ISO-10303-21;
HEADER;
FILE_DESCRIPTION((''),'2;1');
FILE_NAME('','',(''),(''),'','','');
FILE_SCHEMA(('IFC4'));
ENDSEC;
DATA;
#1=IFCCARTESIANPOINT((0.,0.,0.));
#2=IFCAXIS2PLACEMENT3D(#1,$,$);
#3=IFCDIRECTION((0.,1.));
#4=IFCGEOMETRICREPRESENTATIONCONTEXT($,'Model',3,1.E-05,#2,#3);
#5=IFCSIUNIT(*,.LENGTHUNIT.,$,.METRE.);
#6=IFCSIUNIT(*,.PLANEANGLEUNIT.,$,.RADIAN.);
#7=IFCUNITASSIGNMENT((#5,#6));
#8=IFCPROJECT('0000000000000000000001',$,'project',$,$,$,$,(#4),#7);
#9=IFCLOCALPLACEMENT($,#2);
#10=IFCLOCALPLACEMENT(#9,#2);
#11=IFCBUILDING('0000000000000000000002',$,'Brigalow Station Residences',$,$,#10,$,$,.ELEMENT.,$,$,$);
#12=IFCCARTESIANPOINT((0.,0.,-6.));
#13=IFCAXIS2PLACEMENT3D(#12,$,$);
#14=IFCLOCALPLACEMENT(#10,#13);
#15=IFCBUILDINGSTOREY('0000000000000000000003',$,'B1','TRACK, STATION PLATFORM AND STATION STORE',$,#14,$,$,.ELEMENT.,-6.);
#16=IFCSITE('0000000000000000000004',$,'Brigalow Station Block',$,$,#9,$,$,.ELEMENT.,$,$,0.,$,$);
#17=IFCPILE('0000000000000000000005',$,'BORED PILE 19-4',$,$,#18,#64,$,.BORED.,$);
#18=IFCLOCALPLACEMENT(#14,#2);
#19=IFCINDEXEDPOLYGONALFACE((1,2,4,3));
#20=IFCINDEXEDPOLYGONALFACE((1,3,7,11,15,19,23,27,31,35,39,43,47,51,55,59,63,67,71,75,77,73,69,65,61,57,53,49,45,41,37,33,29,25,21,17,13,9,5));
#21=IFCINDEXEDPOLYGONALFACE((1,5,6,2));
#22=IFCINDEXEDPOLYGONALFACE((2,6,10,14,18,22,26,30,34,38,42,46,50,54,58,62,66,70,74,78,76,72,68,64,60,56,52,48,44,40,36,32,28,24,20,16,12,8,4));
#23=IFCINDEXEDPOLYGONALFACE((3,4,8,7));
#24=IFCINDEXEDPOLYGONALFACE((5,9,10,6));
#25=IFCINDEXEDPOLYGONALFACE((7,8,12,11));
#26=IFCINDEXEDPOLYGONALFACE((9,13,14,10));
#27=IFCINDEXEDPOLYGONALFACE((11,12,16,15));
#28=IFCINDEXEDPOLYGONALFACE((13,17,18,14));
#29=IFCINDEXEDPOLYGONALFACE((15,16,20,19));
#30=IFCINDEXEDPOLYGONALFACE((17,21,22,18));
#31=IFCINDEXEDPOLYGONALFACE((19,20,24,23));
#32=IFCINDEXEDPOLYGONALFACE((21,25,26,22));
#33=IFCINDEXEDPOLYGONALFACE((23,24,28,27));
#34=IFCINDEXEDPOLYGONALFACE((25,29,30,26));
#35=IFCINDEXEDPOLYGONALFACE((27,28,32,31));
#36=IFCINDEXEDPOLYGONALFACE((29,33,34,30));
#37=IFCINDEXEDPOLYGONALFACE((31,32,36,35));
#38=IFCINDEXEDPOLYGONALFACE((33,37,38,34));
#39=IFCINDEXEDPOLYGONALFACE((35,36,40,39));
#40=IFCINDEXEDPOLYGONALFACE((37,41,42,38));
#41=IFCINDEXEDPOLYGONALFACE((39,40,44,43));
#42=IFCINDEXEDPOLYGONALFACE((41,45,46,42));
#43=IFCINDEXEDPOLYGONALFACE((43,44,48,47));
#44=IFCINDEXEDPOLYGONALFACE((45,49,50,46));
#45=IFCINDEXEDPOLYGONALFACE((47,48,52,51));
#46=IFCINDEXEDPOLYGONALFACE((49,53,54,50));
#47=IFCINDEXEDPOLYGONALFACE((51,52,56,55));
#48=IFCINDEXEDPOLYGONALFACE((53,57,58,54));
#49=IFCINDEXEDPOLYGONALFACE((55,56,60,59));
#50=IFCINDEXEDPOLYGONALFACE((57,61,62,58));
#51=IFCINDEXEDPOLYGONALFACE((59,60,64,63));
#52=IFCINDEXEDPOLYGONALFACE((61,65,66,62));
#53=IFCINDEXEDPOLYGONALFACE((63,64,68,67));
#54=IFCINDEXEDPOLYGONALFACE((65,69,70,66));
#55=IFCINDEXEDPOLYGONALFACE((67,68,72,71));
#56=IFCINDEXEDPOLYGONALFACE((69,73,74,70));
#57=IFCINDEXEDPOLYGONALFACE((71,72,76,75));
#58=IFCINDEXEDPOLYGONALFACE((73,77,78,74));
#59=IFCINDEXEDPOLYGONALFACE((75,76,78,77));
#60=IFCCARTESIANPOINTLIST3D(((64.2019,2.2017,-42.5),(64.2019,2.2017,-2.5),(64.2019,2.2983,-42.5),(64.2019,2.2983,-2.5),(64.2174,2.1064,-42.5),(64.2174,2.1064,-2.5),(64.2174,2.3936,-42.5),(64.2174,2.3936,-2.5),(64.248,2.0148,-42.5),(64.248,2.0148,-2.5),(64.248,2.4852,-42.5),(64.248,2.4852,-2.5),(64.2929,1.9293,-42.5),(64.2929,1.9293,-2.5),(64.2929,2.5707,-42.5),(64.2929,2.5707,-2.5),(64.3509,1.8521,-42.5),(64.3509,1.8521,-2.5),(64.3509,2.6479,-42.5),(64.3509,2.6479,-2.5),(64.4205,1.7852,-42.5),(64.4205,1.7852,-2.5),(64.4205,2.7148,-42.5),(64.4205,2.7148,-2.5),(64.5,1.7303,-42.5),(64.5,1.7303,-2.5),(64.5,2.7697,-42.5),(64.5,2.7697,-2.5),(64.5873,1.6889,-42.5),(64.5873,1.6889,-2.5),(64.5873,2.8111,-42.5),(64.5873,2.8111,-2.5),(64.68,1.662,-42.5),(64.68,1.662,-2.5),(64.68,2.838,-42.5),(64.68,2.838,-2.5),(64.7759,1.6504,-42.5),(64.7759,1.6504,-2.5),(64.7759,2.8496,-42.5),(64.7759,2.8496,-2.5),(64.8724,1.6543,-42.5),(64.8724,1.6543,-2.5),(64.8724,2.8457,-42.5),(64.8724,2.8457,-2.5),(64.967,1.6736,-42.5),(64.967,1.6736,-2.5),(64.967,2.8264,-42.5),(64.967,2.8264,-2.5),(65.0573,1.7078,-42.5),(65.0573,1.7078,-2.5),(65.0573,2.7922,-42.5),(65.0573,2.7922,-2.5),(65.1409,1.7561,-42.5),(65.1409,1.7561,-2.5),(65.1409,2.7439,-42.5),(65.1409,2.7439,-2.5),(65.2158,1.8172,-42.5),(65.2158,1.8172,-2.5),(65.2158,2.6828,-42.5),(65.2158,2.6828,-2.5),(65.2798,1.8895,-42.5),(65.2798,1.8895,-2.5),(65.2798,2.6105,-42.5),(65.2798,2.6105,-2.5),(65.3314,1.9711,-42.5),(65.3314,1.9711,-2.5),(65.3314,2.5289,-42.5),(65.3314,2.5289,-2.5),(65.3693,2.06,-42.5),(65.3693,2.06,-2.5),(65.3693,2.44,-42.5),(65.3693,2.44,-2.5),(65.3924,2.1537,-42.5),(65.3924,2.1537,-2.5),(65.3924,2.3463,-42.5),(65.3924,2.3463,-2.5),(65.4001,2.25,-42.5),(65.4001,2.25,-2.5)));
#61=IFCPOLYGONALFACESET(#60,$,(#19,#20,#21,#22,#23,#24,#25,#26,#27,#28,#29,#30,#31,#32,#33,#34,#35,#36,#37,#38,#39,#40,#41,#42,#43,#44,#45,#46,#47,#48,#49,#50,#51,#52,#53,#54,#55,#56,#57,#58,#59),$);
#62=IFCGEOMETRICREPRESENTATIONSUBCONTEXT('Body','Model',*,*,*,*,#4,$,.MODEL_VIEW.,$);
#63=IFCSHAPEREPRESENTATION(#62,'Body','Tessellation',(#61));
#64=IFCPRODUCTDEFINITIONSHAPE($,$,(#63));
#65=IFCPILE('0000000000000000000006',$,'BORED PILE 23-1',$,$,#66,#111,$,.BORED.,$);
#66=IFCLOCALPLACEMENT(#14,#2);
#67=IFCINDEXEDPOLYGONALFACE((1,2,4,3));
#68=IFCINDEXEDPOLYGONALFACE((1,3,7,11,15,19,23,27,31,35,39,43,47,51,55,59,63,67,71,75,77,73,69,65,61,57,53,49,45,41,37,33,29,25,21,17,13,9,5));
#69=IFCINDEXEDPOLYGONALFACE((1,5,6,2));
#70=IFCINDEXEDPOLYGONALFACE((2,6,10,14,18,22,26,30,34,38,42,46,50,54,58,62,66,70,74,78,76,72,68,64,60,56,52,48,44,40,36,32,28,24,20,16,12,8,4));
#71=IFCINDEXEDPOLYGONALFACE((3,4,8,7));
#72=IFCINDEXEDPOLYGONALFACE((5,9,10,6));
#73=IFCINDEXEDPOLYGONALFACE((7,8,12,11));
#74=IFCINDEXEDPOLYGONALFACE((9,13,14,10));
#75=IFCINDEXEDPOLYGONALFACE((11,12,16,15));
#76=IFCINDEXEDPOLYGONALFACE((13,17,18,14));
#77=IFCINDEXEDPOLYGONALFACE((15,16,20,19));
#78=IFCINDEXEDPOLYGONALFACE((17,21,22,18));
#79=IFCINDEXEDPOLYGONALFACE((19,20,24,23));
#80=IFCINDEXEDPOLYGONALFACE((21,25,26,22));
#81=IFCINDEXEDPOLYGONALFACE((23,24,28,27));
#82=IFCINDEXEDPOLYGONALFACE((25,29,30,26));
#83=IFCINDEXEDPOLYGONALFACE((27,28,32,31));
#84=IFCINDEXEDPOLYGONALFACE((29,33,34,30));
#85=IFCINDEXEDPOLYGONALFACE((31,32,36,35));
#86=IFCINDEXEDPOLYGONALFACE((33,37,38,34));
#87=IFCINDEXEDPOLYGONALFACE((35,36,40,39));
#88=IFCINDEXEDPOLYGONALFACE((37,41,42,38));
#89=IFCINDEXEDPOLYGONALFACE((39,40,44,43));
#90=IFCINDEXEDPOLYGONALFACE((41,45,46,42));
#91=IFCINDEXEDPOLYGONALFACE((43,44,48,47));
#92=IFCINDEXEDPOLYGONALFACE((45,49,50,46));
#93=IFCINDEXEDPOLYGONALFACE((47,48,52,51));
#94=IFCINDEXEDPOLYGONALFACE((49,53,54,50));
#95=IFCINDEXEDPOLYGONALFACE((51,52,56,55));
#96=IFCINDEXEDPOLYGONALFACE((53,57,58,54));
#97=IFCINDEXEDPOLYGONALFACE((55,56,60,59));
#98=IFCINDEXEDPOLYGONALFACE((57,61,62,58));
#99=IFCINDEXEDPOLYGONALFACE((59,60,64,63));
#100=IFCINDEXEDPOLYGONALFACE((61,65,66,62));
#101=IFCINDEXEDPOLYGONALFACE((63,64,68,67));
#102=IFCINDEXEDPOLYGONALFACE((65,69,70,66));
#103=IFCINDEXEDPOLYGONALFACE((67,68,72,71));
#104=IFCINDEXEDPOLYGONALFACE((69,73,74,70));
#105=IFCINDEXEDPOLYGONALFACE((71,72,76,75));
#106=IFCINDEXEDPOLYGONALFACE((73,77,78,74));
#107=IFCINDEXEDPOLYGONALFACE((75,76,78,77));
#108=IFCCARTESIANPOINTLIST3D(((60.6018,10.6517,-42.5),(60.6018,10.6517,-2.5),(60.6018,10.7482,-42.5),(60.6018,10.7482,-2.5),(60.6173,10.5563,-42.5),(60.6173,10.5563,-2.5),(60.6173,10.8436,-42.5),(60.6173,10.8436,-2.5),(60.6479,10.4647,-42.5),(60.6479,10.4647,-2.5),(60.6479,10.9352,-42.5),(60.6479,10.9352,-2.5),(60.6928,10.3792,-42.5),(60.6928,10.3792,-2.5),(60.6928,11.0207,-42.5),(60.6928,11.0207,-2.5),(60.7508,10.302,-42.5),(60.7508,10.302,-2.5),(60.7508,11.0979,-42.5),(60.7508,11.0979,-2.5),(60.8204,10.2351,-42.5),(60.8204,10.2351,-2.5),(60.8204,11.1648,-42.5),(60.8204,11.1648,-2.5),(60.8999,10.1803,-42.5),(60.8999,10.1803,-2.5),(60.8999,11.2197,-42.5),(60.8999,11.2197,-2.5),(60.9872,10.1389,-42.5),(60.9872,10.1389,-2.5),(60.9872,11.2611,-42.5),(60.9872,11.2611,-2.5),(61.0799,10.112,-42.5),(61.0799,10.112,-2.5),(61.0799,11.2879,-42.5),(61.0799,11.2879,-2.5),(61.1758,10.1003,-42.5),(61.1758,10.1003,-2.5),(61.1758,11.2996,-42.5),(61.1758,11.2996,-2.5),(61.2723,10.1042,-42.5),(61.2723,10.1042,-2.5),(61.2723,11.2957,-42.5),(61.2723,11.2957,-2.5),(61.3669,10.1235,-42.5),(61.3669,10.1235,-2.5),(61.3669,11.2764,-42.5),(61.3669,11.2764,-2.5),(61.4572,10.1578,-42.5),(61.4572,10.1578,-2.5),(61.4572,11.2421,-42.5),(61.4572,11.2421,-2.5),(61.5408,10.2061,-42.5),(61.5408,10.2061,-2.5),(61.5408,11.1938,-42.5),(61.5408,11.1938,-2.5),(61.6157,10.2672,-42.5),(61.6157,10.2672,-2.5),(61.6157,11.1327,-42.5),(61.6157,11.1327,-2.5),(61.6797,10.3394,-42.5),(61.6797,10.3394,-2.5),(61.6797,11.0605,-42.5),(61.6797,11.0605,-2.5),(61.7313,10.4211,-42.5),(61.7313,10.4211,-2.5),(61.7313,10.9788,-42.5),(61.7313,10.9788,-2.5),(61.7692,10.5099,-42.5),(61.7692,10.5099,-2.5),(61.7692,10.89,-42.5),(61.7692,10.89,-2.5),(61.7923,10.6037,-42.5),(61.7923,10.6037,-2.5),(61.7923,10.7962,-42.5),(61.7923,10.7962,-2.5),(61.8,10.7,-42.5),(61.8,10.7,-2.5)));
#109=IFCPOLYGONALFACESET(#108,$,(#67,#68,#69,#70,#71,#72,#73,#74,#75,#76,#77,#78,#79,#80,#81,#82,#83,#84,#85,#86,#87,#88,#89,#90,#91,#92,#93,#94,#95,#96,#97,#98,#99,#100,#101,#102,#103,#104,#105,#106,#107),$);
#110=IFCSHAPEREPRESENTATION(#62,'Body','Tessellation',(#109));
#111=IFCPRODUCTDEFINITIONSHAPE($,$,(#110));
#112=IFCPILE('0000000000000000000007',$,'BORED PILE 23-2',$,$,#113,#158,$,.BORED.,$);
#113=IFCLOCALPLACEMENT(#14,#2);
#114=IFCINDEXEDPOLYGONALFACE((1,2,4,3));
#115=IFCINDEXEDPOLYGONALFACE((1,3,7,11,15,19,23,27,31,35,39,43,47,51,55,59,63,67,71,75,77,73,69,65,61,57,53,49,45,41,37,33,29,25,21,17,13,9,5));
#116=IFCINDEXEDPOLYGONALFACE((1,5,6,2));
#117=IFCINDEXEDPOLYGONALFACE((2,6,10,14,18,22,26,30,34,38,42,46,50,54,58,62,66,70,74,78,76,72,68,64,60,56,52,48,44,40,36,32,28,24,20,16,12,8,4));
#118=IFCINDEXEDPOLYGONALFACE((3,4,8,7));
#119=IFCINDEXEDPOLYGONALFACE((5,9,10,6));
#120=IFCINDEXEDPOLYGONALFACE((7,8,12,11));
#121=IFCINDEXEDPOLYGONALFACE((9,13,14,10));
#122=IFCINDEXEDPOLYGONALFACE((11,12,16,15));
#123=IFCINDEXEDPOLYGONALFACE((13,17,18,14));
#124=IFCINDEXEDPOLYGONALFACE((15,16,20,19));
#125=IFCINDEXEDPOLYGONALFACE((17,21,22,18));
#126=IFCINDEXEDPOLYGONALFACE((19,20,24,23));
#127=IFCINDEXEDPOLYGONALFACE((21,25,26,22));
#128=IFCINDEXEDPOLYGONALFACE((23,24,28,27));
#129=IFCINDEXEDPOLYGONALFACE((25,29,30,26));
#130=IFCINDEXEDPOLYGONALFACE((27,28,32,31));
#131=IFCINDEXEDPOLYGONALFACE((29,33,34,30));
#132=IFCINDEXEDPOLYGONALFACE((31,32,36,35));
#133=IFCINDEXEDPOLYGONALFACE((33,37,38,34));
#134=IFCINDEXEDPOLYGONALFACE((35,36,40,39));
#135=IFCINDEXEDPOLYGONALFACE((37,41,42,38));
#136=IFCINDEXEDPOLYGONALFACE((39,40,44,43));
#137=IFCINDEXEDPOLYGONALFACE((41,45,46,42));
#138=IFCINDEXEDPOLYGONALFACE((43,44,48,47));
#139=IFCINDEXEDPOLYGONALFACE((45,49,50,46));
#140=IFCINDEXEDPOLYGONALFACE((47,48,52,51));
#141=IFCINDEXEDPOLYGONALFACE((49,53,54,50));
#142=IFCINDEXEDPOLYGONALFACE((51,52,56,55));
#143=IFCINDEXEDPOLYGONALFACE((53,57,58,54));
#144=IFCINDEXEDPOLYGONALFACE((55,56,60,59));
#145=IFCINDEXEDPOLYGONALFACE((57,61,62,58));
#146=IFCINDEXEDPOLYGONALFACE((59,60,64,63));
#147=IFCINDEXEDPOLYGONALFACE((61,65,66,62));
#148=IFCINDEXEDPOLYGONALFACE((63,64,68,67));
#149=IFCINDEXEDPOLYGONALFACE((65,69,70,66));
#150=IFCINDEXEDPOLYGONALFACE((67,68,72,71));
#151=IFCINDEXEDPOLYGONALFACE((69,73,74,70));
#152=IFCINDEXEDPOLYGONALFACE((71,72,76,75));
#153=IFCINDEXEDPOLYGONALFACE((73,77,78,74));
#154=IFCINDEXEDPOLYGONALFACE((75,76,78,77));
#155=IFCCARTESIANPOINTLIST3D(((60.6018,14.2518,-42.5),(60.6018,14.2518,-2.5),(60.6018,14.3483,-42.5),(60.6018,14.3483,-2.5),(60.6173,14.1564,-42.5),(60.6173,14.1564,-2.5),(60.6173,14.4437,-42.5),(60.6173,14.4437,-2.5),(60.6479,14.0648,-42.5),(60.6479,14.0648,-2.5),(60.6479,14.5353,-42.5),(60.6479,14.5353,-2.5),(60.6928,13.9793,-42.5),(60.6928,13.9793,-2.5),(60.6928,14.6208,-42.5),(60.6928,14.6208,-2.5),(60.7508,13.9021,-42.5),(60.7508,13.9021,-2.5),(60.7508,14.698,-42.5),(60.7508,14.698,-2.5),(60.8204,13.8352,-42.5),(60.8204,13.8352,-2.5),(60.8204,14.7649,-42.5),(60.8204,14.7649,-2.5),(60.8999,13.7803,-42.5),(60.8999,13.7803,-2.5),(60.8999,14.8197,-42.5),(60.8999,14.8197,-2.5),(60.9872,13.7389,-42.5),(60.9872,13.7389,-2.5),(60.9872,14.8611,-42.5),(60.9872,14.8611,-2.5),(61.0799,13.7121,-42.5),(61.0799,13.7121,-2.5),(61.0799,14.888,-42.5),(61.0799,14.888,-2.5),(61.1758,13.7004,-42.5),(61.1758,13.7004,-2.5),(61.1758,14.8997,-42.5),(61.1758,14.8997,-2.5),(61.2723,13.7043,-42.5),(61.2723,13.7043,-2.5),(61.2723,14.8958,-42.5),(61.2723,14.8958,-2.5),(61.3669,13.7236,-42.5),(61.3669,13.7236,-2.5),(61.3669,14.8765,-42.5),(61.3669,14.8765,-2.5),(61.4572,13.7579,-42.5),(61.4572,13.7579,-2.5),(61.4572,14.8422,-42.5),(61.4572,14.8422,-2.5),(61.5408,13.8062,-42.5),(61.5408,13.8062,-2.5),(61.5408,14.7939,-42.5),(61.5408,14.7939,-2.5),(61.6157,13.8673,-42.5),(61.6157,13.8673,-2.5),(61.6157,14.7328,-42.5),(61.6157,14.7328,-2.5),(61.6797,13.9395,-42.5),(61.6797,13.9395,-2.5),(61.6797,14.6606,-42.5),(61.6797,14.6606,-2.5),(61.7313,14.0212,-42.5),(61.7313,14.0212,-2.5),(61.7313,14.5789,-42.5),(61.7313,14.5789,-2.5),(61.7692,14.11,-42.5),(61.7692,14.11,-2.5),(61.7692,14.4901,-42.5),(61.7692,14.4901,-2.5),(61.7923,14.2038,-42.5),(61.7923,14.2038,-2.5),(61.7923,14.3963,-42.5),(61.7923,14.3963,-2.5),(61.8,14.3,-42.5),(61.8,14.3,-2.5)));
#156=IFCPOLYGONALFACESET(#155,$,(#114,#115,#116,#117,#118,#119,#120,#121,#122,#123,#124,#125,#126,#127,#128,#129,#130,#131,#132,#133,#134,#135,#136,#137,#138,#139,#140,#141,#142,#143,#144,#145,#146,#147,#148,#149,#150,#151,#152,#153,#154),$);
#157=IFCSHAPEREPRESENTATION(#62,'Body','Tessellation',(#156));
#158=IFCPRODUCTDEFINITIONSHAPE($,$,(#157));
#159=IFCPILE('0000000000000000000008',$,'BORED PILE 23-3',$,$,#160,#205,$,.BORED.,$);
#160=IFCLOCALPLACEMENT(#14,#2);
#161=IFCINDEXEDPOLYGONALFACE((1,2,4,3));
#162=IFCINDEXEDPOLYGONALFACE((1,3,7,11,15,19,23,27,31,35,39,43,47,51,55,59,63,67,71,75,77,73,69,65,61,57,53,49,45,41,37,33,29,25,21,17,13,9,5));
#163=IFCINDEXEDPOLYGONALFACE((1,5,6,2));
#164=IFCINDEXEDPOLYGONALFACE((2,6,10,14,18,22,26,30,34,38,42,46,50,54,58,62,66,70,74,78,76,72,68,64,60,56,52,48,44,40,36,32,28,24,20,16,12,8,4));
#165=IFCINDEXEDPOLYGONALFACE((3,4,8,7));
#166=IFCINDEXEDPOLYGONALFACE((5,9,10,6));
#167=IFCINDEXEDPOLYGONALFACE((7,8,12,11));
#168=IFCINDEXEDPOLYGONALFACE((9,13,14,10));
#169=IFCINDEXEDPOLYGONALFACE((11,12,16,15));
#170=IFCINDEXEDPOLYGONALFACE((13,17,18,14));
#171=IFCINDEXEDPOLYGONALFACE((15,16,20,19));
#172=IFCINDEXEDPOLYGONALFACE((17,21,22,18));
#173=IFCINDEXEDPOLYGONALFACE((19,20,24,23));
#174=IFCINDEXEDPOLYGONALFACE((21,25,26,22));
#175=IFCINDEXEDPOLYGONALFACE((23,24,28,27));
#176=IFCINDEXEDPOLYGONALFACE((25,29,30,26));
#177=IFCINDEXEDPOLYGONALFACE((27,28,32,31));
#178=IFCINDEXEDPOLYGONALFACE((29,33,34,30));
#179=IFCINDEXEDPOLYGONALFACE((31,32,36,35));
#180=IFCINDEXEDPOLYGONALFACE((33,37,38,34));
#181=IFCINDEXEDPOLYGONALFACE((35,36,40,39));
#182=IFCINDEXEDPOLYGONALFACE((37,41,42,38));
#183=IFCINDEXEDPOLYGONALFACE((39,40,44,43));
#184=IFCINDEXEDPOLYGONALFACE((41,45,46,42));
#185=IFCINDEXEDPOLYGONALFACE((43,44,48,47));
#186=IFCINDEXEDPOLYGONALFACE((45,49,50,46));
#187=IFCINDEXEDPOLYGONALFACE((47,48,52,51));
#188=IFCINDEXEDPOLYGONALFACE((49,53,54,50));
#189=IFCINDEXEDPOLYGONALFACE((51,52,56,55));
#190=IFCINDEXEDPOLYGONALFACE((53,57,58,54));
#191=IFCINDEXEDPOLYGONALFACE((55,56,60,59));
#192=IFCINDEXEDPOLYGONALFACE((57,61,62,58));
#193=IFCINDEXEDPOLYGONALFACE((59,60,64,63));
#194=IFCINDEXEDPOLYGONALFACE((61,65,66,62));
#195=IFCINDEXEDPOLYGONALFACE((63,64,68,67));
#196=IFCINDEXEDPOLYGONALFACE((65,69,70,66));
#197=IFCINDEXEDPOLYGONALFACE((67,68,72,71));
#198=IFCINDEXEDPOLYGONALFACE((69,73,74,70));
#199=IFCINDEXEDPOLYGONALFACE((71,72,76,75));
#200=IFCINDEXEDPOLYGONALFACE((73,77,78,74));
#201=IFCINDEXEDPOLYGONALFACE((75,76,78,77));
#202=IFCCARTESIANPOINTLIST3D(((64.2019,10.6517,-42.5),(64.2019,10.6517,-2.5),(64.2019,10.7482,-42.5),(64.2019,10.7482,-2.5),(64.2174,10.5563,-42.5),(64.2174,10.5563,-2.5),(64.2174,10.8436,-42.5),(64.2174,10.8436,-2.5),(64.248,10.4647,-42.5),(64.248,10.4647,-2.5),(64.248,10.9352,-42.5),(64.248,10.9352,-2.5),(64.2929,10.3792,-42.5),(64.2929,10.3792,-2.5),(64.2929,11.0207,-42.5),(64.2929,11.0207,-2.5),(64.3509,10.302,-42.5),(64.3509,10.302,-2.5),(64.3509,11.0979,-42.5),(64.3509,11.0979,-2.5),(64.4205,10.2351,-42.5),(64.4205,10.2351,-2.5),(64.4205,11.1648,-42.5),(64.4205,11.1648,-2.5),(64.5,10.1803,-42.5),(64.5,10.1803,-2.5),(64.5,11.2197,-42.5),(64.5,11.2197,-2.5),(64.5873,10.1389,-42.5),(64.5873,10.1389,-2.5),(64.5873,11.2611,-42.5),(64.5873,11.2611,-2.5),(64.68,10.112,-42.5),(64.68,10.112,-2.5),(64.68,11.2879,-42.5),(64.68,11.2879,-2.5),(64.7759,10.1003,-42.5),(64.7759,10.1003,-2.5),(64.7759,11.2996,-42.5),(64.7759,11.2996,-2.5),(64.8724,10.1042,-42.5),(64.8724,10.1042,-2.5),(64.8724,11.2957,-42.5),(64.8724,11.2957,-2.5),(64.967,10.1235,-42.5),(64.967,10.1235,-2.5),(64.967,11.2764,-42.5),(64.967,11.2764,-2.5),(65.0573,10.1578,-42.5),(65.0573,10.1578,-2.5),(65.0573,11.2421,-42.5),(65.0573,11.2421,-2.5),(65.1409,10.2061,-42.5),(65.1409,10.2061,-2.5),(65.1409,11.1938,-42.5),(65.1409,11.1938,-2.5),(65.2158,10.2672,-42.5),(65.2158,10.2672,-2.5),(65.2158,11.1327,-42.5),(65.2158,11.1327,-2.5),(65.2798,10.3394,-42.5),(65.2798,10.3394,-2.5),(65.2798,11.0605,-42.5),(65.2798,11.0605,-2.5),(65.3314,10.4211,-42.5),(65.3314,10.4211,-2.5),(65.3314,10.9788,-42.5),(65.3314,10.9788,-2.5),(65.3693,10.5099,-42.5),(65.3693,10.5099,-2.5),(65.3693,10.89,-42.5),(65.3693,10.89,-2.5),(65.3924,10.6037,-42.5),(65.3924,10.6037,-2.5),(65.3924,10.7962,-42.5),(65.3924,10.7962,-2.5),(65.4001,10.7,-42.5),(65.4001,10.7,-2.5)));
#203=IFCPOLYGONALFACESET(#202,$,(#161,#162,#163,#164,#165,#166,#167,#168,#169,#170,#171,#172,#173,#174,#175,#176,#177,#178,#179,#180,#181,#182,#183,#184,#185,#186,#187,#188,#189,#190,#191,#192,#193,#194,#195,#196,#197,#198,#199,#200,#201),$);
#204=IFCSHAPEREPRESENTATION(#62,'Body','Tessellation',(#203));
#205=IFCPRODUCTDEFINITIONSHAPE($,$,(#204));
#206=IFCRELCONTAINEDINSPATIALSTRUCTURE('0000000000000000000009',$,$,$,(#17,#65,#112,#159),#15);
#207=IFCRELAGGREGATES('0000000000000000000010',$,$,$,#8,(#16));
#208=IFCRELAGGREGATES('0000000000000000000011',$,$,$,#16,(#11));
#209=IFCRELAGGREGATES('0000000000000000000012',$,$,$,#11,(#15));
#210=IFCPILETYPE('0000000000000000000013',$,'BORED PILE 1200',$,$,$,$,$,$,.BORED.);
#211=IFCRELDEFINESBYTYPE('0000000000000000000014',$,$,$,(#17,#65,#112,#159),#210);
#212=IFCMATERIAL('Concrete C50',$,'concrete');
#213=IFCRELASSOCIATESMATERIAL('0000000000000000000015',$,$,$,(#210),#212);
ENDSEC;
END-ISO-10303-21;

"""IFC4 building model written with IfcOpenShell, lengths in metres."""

from ifc_helpers import new_model, si_unit, direction, frame, origin, origin_2d, place, context, subcontext, project, spatial, circle, extrude, material, material_profile, profile_set, type_object, element, save


model = new_model("IFC4")

# Units and contexts
model_context = context("Model", 3, precision=1e-05, world=origin(), true_north=direction((0.0, 1.0)))
body_context = subcontext(model_context, "Body", "Model", "MODEL_VIEW")
ifc_project = project(units=[si_unit("LENGTHUNIT", "METRE"), si_unit("PLANEANGLEUNIT", "RADIAN")], contexts=[model_context])

# Site, building, storey
site_placement = place(None, origin())
site = spatial("IfcSite", under=ifc_project, at=site_placement, Name="Brigalow Station Block", CompositionType="ELEMENT", RefElevation=0.0)
building_placement = place(site_placement, origin())
building = spatial("IfcBuilding", under=site, at=building_placement, Name="Brigalow Station Residences", CompositionType="ELEMENT")
storey_placement = place(building_placement, frame((0.0, 0.0, -6.0)))
storey = spatial("IfcBuildingStorey", under=building, at=storey_placement, Name="B1", Description="TRACK, STATION PLATFORM AND STATION STORE", CompositionType="ELEMENT", Elevation=-6.0)

# Piles
ifc_material_1 = material(Name="Concrete C50", Category="concrete")
ifc_material_profile_1 = material_profile(ifc_material_1, circle(Radius=0.6001, at=origin_2d()), Name="BP1200")
ifc_profile_set_1 = profile_set([ifc_material_profile_1], Name="Concrete C50")
pile_type_1 = type_object("IfcPileType", Name="BORED PILE 1200", PredefinedType="BORED", material=ifc_profile_set_1)
for number, where, z_axis, x_axis, name in (
    (1, (64.8, 2.25, -2.5), (0.0, 0.0, -1.0), (1.0, 0.0, 0.0), "BORED PILE 19-4"),
    (2, (61.2, 10.7, -2.5), (0.0, 0.0, -1.0), (1.0, 0.0, 0.0), "BORED PILE 23-1"),
    (3, (61.2, 14.3, -2.5), (0.0, 0.0, -1.0), (1.0, 0.0, 0.0), "BORED PILE 23-2"),
    (4, (64.8, 10.7, -2.5), (0.0, 0.0, -1.0), (1.0, 0.0, 0.0), "BORED PILE 23-3"),
):
    element("IfcPile", number, at=place(storey_placement, frame(where, z_axis=z_axis, x_axis=x_axis)), inside=storey, type_object=pile_type_1, Name=name, PredefinedType="BORED", context=body_context, shape_type="SweptSolid", body=[
        extrude(circle(Radius=0.6001, at=origin_2d()), origin(), (0.0, 0.0, 1.0), 40.0),
    ])

save(model, "model.ifc")
